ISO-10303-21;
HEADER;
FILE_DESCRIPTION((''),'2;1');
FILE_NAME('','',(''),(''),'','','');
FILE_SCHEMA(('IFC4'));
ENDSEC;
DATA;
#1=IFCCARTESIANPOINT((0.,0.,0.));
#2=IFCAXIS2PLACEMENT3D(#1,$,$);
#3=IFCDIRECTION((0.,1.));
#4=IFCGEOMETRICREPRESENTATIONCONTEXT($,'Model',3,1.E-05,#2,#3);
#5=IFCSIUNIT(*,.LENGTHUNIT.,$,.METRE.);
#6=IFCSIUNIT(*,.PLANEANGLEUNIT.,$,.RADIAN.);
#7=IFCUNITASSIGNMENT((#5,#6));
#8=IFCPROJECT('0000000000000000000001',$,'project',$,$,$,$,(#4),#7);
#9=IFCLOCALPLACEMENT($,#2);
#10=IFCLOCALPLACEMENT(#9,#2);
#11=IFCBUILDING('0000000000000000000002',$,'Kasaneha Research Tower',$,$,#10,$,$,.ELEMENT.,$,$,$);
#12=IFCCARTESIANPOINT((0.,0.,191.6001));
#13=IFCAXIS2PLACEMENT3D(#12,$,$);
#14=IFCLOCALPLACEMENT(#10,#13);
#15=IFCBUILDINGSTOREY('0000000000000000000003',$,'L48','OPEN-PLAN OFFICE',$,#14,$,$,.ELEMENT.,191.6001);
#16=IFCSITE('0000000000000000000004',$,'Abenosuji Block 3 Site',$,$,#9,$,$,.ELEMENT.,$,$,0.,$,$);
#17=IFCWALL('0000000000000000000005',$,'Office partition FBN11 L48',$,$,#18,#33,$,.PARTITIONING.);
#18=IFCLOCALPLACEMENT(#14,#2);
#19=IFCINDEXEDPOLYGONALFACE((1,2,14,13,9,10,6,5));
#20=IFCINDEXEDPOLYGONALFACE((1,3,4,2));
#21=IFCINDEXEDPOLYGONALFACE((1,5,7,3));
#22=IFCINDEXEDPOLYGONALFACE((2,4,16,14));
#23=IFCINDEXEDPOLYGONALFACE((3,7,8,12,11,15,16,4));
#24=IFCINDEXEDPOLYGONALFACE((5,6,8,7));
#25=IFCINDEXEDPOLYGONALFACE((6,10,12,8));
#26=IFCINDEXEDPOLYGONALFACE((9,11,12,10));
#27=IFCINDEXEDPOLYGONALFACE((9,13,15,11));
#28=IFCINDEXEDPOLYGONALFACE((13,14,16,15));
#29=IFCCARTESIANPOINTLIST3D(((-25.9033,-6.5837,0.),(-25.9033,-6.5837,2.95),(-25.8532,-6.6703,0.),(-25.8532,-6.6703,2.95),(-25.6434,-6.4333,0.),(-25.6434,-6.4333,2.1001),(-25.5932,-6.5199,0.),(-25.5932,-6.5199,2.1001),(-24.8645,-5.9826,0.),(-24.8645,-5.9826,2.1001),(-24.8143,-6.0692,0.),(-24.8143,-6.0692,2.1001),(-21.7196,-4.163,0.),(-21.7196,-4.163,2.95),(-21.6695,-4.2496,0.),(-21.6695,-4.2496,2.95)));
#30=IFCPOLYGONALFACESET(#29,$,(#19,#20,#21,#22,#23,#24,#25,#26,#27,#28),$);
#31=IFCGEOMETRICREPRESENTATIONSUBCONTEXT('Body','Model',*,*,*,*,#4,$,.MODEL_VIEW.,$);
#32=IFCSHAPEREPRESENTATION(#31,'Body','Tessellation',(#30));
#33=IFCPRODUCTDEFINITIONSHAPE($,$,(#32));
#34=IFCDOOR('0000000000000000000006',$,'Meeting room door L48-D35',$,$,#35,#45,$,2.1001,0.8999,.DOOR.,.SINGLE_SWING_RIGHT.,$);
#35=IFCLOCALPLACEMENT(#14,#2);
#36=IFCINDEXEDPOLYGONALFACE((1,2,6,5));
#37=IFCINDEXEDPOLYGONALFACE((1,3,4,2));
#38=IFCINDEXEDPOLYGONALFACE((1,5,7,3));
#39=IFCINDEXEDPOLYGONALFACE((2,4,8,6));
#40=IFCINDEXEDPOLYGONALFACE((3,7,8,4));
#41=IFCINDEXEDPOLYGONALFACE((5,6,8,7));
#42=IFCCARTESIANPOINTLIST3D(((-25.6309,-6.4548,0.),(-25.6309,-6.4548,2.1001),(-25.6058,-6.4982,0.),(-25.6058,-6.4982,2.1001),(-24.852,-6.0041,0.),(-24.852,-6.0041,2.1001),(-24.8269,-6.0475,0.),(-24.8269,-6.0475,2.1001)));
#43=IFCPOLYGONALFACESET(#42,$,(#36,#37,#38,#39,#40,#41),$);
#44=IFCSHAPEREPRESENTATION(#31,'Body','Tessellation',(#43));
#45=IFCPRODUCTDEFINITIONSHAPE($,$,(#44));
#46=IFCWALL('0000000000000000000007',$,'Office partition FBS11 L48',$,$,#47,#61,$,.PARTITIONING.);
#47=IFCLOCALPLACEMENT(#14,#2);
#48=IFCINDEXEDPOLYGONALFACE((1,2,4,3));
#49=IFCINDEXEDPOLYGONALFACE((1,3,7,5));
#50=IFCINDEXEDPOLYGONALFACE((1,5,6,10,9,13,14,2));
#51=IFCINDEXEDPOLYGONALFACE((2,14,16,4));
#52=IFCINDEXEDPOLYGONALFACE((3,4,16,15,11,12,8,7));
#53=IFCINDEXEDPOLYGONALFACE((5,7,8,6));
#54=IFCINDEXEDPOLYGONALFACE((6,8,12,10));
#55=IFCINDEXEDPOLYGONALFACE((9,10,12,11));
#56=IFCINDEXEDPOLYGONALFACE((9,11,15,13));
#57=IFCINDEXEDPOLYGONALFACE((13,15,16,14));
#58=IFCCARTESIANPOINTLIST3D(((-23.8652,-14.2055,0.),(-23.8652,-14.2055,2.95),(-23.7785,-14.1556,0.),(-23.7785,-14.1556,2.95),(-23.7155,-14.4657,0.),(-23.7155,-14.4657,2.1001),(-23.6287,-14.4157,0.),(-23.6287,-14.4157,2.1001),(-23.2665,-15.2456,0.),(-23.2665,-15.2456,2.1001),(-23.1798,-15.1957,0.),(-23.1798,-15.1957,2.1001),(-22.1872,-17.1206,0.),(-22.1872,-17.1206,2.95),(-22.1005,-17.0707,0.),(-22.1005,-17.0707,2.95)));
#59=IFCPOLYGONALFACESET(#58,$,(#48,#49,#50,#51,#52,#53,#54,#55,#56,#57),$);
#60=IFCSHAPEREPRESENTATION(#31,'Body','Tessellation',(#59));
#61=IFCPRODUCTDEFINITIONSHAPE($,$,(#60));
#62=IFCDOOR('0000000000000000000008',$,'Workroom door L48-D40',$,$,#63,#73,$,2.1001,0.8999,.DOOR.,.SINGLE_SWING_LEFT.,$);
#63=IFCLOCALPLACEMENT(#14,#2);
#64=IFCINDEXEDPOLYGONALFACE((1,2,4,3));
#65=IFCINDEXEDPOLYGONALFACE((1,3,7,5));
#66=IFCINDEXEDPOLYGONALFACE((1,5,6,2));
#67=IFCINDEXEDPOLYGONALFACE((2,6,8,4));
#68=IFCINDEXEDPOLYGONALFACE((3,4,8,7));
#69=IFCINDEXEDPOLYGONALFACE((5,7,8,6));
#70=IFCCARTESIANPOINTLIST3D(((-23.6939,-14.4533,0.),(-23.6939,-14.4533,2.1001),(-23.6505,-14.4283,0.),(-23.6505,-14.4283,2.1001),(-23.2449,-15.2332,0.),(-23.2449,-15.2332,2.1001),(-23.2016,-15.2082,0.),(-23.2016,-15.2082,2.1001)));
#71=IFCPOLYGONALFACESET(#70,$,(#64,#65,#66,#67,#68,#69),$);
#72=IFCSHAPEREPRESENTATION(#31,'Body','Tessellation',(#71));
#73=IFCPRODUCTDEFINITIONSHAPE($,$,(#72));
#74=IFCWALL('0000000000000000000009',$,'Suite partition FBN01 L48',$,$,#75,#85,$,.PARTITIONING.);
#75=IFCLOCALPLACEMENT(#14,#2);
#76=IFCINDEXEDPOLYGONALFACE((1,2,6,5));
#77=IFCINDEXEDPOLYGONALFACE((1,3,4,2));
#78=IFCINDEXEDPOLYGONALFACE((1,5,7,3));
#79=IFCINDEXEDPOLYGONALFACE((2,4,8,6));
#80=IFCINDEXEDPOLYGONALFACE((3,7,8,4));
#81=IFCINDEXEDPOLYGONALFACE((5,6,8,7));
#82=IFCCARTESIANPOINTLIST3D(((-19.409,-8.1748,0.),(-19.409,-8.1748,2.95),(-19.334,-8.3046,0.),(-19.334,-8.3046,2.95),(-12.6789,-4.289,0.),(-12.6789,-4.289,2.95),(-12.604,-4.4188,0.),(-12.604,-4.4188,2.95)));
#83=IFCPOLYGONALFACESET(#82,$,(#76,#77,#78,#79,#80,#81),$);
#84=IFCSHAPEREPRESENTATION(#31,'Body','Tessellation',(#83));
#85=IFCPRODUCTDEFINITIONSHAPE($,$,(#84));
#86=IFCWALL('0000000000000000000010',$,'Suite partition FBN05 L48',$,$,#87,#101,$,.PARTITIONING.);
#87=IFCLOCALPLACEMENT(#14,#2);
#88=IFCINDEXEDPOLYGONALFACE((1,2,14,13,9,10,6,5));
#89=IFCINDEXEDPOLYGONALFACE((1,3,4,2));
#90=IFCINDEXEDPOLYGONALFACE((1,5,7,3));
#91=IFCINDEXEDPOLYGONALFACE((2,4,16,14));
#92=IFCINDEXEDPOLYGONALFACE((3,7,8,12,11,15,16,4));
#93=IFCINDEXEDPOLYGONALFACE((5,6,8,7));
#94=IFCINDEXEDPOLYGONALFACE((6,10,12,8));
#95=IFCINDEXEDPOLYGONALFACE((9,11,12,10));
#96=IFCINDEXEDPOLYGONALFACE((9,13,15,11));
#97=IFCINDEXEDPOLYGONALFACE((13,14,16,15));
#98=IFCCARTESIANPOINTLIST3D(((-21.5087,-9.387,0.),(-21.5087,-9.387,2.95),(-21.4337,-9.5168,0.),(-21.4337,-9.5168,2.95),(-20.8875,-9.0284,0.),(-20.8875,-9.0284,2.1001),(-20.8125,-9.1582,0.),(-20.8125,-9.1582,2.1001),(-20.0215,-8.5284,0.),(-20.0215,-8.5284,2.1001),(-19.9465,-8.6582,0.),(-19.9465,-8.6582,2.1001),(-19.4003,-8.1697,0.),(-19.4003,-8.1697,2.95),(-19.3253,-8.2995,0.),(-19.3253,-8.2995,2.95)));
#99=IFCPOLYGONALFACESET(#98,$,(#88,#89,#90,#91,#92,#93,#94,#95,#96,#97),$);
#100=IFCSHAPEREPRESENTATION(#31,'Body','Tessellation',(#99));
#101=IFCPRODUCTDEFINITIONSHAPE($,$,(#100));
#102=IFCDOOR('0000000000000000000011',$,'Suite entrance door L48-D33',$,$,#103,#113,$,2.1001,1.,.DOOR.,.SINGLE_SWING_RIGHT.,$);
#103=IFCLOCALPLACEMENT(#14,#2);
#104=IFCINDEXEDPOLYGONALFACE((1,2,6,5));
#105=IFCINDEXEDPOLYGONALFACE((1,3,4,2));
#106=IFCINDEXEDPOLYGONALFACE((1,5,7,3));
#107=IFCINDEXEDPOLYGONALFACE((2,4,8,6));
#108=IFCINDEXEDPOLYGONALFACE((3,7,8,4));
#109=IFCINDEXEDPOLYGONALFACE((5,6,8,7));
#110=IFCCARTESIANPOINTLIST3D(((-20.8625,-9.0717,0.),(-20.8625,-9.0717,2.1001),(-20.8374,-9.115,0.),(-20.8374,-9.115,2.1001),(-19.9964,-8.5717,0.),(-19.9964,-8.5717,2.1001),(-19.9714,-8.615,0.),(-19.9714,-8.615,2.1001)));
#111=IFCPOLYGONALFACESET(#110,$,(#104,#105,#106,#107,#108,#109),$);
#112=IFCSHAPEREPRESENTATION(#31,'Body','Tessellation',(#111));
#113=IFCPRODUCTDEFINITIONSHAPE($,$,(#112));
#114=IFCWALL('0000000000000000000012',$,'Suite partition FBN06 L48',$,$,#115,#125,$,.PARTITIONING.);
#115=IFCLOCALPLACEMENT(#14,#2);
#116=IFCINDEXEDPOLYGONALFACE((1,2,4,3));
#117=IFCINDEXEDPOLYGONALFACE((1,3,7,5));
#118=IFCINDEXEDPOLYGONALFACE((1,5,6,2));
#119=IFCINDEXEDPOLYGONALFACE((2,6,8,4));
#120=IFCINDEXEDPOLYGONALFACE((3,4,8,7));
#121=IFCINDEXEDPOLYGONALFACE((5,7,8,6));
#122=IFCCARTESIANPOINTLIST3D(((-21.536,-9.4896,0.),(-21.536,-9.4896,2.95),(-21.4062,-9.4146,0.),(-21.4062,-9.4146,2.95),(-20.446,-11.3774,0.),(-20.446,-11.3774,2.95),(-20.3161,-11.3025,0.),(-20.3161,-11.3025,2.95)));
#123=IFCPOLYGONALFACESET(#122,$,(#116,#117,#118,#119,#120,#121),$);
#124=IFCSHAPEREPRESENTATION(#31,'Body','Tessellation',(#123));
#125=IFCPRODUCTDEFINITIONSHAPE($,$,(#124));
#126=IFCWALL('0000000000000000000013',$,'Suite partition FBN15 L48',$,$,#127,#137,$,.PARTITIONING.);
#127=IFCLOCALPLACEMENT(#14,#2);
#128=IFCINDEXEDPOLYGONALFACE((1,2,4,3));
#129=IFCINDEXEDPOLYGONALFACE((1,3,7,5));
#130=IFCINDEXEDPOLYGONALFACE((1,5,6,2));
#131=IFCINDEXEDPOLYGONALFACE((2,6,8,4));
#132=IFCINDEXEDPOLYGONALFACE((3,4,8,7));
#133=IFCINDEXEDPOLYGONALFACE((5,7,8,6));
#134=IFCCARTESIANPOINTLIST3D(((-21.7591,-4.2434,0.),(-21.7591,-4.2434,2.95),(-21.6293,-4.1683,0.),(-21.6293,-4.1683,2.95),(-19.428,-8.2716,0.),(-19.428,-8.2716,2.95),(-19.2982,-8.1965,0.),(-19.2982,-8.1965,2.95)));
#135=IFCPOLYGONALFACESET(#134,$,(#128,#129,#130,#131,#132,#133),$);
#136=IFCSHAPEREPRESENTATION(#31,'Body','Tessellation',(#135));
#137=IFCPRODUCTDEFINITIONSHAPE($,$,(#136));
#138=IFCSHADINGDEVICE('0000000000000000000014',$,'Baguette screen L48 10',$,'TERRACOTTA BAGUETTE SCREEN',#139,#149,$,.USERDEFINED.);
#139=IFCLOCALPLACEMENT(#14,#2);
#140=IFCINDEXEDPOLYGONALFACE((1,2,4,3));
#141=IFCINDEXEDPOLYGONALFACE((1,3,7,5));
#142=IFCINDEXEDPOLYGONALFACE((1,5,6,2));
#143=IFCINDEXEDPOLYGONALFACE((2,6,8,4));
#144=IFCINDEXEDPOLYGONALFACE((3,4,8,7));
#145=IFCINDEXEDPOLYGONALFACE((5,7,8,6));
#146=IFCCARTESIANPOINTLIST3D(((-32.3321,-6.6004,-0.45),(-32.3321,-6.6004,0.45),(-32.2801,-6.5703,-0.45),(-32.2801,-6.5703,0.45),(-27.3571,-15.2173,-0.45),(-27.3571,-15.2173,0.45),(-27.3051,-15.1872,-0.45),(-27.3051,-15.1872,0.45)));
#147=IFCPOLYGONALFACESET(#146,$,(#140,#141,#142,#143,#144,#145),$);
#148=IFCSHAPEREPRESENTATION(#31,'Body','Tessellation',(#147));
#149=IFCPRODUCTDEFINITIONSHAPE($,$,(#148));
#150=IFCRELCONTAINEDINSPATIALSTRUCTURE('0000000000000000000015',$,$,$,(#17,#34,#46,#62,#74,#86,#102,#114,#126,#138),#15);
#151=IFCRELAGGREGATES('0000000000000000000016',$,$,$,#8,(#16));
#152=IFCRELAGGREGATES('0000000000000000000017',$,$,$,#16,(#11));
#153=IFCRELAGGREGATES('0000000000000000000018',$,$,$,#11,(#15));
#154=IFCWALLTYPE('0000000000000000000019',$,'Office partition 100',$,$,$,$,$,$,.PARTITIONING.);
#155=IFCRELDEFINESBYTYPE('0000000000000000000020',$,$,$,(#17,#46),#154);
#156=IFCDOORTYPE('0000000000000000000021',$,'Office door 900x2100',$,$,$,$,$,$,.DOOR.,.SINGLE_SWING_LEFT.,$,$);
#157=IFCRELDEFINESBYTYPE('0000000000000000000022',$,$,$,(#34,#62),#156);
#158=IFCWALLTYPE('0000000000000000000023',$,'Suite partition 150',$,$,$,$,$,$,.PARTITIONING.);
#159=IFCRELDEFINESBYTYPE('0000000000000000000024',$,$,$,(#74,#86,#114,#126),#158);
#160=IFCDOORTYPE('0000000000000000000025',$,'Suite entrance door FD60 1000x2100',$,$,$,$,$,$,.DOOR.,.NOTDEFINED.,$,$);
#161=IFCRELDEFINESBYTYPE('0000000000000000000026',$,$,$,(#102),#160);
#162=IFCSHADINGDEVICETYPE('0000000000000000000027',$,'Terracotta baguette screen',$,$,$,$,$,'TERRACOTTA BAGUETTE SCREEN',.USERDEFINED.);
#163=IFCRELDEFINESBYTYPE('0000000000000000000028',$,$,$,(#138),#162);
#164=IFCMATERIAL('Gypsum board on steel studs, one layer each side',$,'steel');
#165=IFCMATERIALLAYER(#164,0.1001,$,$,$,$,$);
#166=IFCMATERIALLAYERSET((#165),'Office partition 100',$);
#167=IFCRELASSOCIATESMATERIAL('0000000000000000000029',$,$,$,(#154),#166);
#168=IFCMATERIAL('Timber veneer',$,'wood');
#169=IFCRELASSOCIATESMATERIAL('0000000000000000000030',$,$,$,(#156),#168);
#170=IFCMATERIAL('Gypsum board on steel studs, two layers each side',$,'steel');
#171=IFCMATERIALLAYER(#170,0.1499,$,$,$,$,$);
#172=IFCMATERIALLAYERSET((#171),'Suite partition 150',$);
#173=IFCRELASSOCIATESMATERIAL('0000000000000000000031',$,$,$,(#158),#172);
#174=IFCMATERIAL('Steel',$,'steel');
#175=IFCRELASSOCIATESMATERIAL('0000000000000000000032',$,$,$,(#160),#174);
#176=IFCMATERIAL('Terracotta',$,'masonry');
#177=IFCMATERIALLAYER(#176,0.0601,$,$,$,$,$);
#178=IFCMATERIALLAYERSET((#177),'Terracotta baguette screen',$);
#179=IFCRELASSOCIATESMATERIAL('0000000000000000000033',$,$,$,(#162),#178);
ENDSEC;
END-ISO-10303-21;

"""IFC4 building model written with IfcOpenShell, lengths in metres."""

from ifc_helpers import new_model, si_unit, direction, frame, frame_2d, origin, origin_2d, place, context, subcontext, project, spatial, rectangle, extrude, material, layer, layer_set, type_object, element, fill, save


model = new_model("IFC4")

# Units and contexts
model_context = context("Model", 3, precision=1e-05, world=origin(), true_north=direction((0.0, 1.0)))
body_context = subcontext(model_context, "Body", "Model", "MODEL_VIEW")
ifc_project = project(units=[si_unit("LENGTHUNIT", "METRE"), si_unit("PLANEANGLEUNIT", "RADIAN")], contexts=[model_context])

# Site, building, storey
site_placement = place(None, origin())
site = spatial("IfcSite", under=ifc_project, at=site_placement, Name="Abenosuji Block 3 Site", CompositionType="ELEMENT", RefElevation=0.0)
building_placement = place(site_placement, origin())
building = spatial("IfcBuilding", under=site, at=building_placement, Name="Kasaneha Research Tower", CompositionType="ELEMENT")
storey_placement = place(building_placement, frame((0.0, 0.0, 191.6001)))
storey = spatial("IfcBuildingStorey", under=building, at=storey_placement, Name="L48", Description="OPEN-PLAN OFFICE", CompositionType="ELEMENT", Elevation=191.6001)

# Shared definitions
ifc_material_1 = material(Name="Gypsum board on steel studs, one layer each side", Category="steel")
ifc_layer_1 = layer(ifc_material_1, 0.1001)
ifc_layer_set_1 = layer_set([ifc_layer_1], Name="Office partition 100")
wall_type_1 = type_object("IfcWallType", Name="Office partition 100", PredefinedType="PARTITIONING", material=ifc_layer_set_1)

# Walls, openings, doors
ifc_material_2 = material(Name="Timber veneer", Category="wood")
door_type_1 = type_object("IfcDoorType", Name="Office door 900x2100", OperationType="SINGLE_SWING_LEFT", PredefinedType="DOOR", material=ifc_material_2)
wall_1_placement = place(storey_placement, frame((-21.6946, -4.2063, 0.0), z_axis=(0.0, 0.0, 1.0), x_axis=(-0.865554, -0.500815, 0.0)))
wall_1 = element("IfcWall", 1, at=wall_1_placement, inside=storey, type_object=wall_type_1, Name="Office partition FBN11 L48", PredefinedType="PARTITIONING", context=body_context, shape_type="SweptSolid", body=[
    extrude(rectangle(XDim=4.8335, YDim=0.1001, at=frame_2d((2.4167, 0.0))), origin(), (0.0, 0.0, 1.0), 2.95),
])
opening_1_placement = place(wall_1_placement, frame((3.6333, 0.0, 0.0)))
opening_1 = element("IfcOpeningElement", 2, at=opening_1_placement, cuts=wall_1, PredefinedType="OPENING", context=body_context, shape_type="SweptSolid", body=[
    extrude(rectangle(XDim=0.8999, YDim=2.1001, at=frame_2d((0.45, 1.05))), frame((0.0, 0.0601, 0.0), z_axis=(0.0, -1.0, 0.0), x_axis=(1.0, 0.0, 0.0)), (0.0, 0.0, 1.0), 0.1201),
])
door_1_placement = place(opening_1_placement, origin())
door_1 = element("IfcDoor", 3, at=door_1_placement, inside=storey, type_object=door_type_1, Name="Meeting room door L48-D35", OperationType="SINGLE_SWING_RIGHT", OverallHeight=2.1001, OverallWidth=0.8999, PredefinedType="DOOR", context=body_context, shape_type="SweptSolid", body=[
    extrude(rectangle(XDim=0.8999, YDim=2.1001, at=frame_2d((0.45, 1.05))), frame((0.0, 0.0249, 0.0), z_axis=(0.0, -1.0, 0.0), x_axis=(1.0, 0.0, 0.0)), (0.0, 0.0, 1.0), 0.05),
])
fill(opening_1, door_1)
wall_2_placement = place(storey_placement, frame((-23.8218, -14.1807, 0.0), z_axis=(0.0, 0.0, 1.0), x_axis=(0.49888, -0.866671, 0.0)))
wall_2 = element("IfcWall", 4, at=wall_2_placement, inside=storey, type_object=wall_type_1, Name="Office partition FBS11 L48", PredefinedType="PARTITIONING", context=body_context, shape_type="SweptSolid", body=[
    extrude(rectangle(XDim=3.3635, YDim=0.1001, at=frame_2d((1.6816, 0.0))), origin(), (0.0, 0.0, 1.0), 2.95),
])
opening_2_placement = place(wall_2_placement, frame((0.3, 0.0, 0.0)))
opening_2 = element("IfcOpeningElement", 5, at=opening_2_placement, cuts=wall_2, PredefinedType="OPENING", context=body_context, shape_type="SweptSolid", body=[
    extrude(rectangle(XDim=0.8999, YDim=2.1001, at=frame_2d((0.45, 1.05))), frame((0.0, 0.0601, 0.0), z_axis=(0.0, -1.0, 0.0), x_axis=(1.0, 0.0, 0.0)), (0.0, 0.0, 1.0), 0.1201),
])
door_2_placement = place(opening_2_placement, origin())
door_2 = element("IfcDoor", 6, at=door_2_placement, inside=storey, type_object=door_type_1, Name="Workroom door L48-D40", OperationType="SINGLE_SWING_LEFT", OverallHeight=2.1001, OverallWidth=0.8999, PredefinedType="DOOR", context=body_context, shape_type="SweptSolid", body=[
    extrude(rectangle(XDim=0.8999, YDim=2.1001, at=frame_2d((0.45, 1.05))), frame((0.0, 0.0249, 0.0), z_axis=(0.0, -1.0, 0.0), x_axis=(1.0, 0.0, 0.0)), (0.0, 0.0, 1.0), 0.05),
])
fill(opening_2, door_2)

# Wall
ifc_material_3 = material(Name="Gypsum board on steel studs, two layers each side", Category="steel")
ifc_layer_2 = layer(ifc_material_3, 0.1499)
ifc_layer_set_2 = layer_set([ifc_layer_2], Name="Suite partition 150")
wall_type_2 = type_object("IfcWallType", Name="Suite partition 150", PredefinedType="PARTITIONING", material=ifc_layer_set_2)
wall_3_placement = place(storey_placement, frame((-19.3716, -8.2397, 0.0), z_axis=(0.0, 0.0, 1.0), x_axis=(0.866015, 0.500018, 0.0)))
element("IfcWall", 7, at=wall_3_placement, inside=storey, type_object=wall_type_2, Name="Suite partition FBN01 L48", PredefinedType="PARTITIONING", context=body_context, shape_type="SweptSolid", body=[
    extrude(rectangle(XDim=7.7712, YDim=0.1499, at=frame_2d((3.8857, 0.0))), origin(), (0.0, 0.0, 1.0), 2.95),
])

# Wall, opening, door
wall_4_placement = place(storey_placement, frame((-21.4712, -9.4519, 0.0), z_axis=(0.0, 0.0, 1.0), x_axis=(0.866025, 0.5, 0.0)))
wall_4 = element("IfcWall", 8, at=wall_4_placement, inside=storey, type_object=wall_type_2, Name="Suite partition FBN05 L48", PredefinedType="PARTITIONING", context=body_context, shape_type="SweptSolid", body=[
    extrude(rectangle(XDim=2.4346, YDim=0.1499, at=frame_2d((1.2173, 0.0))), origin(), (0.0, 0.0, 1.0), 2.95),
])
opening_3_placement = place(wall_4_placement, frame((0.7173, 0.0, 0.0)))
opening_3 = element("IfcOpeningElement", 9, at=opening_3_placement, cuts=wall_4, PredefinedType="OPENING", context=body_context, shape_type="SweptSolid", body=[
    extrude(rectangle(XDim=1.0, YDim=2.1001, at=frame_2d((0.5, 1.05))), frame((0.0, 0.085, 0.0), z_axis=(0.0, -1.0, 0.0), x_axis=(1.0, 0.0, 0.0)), (0.0, 0.0, 1.0), 0.1699),
])
ifc_material_4 = material(Name="Steel", Category="steel")
door_type_2 = type_object("IfcDoorType", Name="Suite entrance door FD60 1000x2100", OperationType="NOTDEFINED", PredefinedType="DOOR", material=ifc_material_4)
door_3_placement = place(opening_3_placement, origin())
door_3 = element("IfcDoor", 10, at=door_3_placement, inside=storey, type_object=door_type_2, Name="Suite entrance door L48-D33", OperationType="SINGLE_SWING_RIGHT", OverallHeight=2.1001, OverallWidth=1.0, PredefinedType="DOOR", context=body_context, shape_type="SweptSolid", body=[
    extrude(rectangle(XDim=1.0, YDim=2.1001, at=frame_2d((0.5, 1.05))), frame((0.0, 0.0249, 0.0), z_axis=(0.0, -1.0, 0.0), x_axis=(1.0, 0.0, 0.0)), (0.0, 0.0, 1.0), 0.05),
])
fill(opening_3, door_3)

# Walls
wall_5_placement = place(storey_placement, frame((-20.3811, -11.3398, 0.0), z_axis=(0.0, 0.0, 1.0), x_axis=(-0.500029, 0.866008, 0.0)))
element("IfcWall", 11, at=wall_5_placement, inside=storey, type_object=wall_type_2, Name="Suite partition FBN06 L48", PredefinedType="PARTITIONING", context=body_context, shape_type="SweptSolid", body=[
    extrude(rectangle(XDim=2.1799, YDim=0.1499, at=frame_2d((1.0898, 0.0))), origin(), (0.0, 0.0, 1.0), 2.95),
])
wall_6_placement = place(storey_placement, frame((-19.363, -8.2341, 0.0), z_axis=(0.0, 0.0, 1.0), x_axis=(-0.500877, 0.865518, 0.0)))
element("IfcWall", 12, at=wall_6_placement, inside=storey, type_object=wall_type_2, Name="Suite partition FBN15 L48", PredefinedType="PARTITIONING", context=body_context, shape_type="SweptSolid", body=[
    extrude(rectangle(XDim=4.6541, YDim=0.1499, at=frame_2d((2.3271, 0.0))), origin(), (0.0, 0.0, 1.0), 2.95),
])

# Shading device
ifc_material_5 = material(Name="Terracotta", Category="masonry")
ifc_layer_3 = layer(ifc_material_5, 0.0601)
ifc_layer_set_3 = layer_set([ifc_layer_3], Name="Terracotta baguette screen")
shading_device_type = type_object("IfcShadingDeviceType", Name="Terracotta baguette screen", ElementType="TERRACOTTA BAGUETTE SCREEN", PredefinedType="USERDEFINED", material=ifc_layer_set_3)
shading_device_placement = place(storey_placement, frame((-29.8186, -10.8938, -0.45), z_axis=(0.0, 0.0, 1.0), x_axis=(0.5, -0.866025, 0.0)))
element("IfcShadingDevice", 13, at=shading_device_placement, inside=storey, type_object=shading_device_type, Name="Baguette screen L48 10", ObjectType="TERRACOTTA BAGUETTE SCREEN", PredefinedType="USERDEFINED", context=body_context, shape_type="SweptSolid", body=[
    extrude(rectangle(XDim=9.95, YDim=0.0601, at=origin_2d()), origin(), (0.0, 0.0, 1.0), 0.8999),
])

save(model, "model.ifc")
